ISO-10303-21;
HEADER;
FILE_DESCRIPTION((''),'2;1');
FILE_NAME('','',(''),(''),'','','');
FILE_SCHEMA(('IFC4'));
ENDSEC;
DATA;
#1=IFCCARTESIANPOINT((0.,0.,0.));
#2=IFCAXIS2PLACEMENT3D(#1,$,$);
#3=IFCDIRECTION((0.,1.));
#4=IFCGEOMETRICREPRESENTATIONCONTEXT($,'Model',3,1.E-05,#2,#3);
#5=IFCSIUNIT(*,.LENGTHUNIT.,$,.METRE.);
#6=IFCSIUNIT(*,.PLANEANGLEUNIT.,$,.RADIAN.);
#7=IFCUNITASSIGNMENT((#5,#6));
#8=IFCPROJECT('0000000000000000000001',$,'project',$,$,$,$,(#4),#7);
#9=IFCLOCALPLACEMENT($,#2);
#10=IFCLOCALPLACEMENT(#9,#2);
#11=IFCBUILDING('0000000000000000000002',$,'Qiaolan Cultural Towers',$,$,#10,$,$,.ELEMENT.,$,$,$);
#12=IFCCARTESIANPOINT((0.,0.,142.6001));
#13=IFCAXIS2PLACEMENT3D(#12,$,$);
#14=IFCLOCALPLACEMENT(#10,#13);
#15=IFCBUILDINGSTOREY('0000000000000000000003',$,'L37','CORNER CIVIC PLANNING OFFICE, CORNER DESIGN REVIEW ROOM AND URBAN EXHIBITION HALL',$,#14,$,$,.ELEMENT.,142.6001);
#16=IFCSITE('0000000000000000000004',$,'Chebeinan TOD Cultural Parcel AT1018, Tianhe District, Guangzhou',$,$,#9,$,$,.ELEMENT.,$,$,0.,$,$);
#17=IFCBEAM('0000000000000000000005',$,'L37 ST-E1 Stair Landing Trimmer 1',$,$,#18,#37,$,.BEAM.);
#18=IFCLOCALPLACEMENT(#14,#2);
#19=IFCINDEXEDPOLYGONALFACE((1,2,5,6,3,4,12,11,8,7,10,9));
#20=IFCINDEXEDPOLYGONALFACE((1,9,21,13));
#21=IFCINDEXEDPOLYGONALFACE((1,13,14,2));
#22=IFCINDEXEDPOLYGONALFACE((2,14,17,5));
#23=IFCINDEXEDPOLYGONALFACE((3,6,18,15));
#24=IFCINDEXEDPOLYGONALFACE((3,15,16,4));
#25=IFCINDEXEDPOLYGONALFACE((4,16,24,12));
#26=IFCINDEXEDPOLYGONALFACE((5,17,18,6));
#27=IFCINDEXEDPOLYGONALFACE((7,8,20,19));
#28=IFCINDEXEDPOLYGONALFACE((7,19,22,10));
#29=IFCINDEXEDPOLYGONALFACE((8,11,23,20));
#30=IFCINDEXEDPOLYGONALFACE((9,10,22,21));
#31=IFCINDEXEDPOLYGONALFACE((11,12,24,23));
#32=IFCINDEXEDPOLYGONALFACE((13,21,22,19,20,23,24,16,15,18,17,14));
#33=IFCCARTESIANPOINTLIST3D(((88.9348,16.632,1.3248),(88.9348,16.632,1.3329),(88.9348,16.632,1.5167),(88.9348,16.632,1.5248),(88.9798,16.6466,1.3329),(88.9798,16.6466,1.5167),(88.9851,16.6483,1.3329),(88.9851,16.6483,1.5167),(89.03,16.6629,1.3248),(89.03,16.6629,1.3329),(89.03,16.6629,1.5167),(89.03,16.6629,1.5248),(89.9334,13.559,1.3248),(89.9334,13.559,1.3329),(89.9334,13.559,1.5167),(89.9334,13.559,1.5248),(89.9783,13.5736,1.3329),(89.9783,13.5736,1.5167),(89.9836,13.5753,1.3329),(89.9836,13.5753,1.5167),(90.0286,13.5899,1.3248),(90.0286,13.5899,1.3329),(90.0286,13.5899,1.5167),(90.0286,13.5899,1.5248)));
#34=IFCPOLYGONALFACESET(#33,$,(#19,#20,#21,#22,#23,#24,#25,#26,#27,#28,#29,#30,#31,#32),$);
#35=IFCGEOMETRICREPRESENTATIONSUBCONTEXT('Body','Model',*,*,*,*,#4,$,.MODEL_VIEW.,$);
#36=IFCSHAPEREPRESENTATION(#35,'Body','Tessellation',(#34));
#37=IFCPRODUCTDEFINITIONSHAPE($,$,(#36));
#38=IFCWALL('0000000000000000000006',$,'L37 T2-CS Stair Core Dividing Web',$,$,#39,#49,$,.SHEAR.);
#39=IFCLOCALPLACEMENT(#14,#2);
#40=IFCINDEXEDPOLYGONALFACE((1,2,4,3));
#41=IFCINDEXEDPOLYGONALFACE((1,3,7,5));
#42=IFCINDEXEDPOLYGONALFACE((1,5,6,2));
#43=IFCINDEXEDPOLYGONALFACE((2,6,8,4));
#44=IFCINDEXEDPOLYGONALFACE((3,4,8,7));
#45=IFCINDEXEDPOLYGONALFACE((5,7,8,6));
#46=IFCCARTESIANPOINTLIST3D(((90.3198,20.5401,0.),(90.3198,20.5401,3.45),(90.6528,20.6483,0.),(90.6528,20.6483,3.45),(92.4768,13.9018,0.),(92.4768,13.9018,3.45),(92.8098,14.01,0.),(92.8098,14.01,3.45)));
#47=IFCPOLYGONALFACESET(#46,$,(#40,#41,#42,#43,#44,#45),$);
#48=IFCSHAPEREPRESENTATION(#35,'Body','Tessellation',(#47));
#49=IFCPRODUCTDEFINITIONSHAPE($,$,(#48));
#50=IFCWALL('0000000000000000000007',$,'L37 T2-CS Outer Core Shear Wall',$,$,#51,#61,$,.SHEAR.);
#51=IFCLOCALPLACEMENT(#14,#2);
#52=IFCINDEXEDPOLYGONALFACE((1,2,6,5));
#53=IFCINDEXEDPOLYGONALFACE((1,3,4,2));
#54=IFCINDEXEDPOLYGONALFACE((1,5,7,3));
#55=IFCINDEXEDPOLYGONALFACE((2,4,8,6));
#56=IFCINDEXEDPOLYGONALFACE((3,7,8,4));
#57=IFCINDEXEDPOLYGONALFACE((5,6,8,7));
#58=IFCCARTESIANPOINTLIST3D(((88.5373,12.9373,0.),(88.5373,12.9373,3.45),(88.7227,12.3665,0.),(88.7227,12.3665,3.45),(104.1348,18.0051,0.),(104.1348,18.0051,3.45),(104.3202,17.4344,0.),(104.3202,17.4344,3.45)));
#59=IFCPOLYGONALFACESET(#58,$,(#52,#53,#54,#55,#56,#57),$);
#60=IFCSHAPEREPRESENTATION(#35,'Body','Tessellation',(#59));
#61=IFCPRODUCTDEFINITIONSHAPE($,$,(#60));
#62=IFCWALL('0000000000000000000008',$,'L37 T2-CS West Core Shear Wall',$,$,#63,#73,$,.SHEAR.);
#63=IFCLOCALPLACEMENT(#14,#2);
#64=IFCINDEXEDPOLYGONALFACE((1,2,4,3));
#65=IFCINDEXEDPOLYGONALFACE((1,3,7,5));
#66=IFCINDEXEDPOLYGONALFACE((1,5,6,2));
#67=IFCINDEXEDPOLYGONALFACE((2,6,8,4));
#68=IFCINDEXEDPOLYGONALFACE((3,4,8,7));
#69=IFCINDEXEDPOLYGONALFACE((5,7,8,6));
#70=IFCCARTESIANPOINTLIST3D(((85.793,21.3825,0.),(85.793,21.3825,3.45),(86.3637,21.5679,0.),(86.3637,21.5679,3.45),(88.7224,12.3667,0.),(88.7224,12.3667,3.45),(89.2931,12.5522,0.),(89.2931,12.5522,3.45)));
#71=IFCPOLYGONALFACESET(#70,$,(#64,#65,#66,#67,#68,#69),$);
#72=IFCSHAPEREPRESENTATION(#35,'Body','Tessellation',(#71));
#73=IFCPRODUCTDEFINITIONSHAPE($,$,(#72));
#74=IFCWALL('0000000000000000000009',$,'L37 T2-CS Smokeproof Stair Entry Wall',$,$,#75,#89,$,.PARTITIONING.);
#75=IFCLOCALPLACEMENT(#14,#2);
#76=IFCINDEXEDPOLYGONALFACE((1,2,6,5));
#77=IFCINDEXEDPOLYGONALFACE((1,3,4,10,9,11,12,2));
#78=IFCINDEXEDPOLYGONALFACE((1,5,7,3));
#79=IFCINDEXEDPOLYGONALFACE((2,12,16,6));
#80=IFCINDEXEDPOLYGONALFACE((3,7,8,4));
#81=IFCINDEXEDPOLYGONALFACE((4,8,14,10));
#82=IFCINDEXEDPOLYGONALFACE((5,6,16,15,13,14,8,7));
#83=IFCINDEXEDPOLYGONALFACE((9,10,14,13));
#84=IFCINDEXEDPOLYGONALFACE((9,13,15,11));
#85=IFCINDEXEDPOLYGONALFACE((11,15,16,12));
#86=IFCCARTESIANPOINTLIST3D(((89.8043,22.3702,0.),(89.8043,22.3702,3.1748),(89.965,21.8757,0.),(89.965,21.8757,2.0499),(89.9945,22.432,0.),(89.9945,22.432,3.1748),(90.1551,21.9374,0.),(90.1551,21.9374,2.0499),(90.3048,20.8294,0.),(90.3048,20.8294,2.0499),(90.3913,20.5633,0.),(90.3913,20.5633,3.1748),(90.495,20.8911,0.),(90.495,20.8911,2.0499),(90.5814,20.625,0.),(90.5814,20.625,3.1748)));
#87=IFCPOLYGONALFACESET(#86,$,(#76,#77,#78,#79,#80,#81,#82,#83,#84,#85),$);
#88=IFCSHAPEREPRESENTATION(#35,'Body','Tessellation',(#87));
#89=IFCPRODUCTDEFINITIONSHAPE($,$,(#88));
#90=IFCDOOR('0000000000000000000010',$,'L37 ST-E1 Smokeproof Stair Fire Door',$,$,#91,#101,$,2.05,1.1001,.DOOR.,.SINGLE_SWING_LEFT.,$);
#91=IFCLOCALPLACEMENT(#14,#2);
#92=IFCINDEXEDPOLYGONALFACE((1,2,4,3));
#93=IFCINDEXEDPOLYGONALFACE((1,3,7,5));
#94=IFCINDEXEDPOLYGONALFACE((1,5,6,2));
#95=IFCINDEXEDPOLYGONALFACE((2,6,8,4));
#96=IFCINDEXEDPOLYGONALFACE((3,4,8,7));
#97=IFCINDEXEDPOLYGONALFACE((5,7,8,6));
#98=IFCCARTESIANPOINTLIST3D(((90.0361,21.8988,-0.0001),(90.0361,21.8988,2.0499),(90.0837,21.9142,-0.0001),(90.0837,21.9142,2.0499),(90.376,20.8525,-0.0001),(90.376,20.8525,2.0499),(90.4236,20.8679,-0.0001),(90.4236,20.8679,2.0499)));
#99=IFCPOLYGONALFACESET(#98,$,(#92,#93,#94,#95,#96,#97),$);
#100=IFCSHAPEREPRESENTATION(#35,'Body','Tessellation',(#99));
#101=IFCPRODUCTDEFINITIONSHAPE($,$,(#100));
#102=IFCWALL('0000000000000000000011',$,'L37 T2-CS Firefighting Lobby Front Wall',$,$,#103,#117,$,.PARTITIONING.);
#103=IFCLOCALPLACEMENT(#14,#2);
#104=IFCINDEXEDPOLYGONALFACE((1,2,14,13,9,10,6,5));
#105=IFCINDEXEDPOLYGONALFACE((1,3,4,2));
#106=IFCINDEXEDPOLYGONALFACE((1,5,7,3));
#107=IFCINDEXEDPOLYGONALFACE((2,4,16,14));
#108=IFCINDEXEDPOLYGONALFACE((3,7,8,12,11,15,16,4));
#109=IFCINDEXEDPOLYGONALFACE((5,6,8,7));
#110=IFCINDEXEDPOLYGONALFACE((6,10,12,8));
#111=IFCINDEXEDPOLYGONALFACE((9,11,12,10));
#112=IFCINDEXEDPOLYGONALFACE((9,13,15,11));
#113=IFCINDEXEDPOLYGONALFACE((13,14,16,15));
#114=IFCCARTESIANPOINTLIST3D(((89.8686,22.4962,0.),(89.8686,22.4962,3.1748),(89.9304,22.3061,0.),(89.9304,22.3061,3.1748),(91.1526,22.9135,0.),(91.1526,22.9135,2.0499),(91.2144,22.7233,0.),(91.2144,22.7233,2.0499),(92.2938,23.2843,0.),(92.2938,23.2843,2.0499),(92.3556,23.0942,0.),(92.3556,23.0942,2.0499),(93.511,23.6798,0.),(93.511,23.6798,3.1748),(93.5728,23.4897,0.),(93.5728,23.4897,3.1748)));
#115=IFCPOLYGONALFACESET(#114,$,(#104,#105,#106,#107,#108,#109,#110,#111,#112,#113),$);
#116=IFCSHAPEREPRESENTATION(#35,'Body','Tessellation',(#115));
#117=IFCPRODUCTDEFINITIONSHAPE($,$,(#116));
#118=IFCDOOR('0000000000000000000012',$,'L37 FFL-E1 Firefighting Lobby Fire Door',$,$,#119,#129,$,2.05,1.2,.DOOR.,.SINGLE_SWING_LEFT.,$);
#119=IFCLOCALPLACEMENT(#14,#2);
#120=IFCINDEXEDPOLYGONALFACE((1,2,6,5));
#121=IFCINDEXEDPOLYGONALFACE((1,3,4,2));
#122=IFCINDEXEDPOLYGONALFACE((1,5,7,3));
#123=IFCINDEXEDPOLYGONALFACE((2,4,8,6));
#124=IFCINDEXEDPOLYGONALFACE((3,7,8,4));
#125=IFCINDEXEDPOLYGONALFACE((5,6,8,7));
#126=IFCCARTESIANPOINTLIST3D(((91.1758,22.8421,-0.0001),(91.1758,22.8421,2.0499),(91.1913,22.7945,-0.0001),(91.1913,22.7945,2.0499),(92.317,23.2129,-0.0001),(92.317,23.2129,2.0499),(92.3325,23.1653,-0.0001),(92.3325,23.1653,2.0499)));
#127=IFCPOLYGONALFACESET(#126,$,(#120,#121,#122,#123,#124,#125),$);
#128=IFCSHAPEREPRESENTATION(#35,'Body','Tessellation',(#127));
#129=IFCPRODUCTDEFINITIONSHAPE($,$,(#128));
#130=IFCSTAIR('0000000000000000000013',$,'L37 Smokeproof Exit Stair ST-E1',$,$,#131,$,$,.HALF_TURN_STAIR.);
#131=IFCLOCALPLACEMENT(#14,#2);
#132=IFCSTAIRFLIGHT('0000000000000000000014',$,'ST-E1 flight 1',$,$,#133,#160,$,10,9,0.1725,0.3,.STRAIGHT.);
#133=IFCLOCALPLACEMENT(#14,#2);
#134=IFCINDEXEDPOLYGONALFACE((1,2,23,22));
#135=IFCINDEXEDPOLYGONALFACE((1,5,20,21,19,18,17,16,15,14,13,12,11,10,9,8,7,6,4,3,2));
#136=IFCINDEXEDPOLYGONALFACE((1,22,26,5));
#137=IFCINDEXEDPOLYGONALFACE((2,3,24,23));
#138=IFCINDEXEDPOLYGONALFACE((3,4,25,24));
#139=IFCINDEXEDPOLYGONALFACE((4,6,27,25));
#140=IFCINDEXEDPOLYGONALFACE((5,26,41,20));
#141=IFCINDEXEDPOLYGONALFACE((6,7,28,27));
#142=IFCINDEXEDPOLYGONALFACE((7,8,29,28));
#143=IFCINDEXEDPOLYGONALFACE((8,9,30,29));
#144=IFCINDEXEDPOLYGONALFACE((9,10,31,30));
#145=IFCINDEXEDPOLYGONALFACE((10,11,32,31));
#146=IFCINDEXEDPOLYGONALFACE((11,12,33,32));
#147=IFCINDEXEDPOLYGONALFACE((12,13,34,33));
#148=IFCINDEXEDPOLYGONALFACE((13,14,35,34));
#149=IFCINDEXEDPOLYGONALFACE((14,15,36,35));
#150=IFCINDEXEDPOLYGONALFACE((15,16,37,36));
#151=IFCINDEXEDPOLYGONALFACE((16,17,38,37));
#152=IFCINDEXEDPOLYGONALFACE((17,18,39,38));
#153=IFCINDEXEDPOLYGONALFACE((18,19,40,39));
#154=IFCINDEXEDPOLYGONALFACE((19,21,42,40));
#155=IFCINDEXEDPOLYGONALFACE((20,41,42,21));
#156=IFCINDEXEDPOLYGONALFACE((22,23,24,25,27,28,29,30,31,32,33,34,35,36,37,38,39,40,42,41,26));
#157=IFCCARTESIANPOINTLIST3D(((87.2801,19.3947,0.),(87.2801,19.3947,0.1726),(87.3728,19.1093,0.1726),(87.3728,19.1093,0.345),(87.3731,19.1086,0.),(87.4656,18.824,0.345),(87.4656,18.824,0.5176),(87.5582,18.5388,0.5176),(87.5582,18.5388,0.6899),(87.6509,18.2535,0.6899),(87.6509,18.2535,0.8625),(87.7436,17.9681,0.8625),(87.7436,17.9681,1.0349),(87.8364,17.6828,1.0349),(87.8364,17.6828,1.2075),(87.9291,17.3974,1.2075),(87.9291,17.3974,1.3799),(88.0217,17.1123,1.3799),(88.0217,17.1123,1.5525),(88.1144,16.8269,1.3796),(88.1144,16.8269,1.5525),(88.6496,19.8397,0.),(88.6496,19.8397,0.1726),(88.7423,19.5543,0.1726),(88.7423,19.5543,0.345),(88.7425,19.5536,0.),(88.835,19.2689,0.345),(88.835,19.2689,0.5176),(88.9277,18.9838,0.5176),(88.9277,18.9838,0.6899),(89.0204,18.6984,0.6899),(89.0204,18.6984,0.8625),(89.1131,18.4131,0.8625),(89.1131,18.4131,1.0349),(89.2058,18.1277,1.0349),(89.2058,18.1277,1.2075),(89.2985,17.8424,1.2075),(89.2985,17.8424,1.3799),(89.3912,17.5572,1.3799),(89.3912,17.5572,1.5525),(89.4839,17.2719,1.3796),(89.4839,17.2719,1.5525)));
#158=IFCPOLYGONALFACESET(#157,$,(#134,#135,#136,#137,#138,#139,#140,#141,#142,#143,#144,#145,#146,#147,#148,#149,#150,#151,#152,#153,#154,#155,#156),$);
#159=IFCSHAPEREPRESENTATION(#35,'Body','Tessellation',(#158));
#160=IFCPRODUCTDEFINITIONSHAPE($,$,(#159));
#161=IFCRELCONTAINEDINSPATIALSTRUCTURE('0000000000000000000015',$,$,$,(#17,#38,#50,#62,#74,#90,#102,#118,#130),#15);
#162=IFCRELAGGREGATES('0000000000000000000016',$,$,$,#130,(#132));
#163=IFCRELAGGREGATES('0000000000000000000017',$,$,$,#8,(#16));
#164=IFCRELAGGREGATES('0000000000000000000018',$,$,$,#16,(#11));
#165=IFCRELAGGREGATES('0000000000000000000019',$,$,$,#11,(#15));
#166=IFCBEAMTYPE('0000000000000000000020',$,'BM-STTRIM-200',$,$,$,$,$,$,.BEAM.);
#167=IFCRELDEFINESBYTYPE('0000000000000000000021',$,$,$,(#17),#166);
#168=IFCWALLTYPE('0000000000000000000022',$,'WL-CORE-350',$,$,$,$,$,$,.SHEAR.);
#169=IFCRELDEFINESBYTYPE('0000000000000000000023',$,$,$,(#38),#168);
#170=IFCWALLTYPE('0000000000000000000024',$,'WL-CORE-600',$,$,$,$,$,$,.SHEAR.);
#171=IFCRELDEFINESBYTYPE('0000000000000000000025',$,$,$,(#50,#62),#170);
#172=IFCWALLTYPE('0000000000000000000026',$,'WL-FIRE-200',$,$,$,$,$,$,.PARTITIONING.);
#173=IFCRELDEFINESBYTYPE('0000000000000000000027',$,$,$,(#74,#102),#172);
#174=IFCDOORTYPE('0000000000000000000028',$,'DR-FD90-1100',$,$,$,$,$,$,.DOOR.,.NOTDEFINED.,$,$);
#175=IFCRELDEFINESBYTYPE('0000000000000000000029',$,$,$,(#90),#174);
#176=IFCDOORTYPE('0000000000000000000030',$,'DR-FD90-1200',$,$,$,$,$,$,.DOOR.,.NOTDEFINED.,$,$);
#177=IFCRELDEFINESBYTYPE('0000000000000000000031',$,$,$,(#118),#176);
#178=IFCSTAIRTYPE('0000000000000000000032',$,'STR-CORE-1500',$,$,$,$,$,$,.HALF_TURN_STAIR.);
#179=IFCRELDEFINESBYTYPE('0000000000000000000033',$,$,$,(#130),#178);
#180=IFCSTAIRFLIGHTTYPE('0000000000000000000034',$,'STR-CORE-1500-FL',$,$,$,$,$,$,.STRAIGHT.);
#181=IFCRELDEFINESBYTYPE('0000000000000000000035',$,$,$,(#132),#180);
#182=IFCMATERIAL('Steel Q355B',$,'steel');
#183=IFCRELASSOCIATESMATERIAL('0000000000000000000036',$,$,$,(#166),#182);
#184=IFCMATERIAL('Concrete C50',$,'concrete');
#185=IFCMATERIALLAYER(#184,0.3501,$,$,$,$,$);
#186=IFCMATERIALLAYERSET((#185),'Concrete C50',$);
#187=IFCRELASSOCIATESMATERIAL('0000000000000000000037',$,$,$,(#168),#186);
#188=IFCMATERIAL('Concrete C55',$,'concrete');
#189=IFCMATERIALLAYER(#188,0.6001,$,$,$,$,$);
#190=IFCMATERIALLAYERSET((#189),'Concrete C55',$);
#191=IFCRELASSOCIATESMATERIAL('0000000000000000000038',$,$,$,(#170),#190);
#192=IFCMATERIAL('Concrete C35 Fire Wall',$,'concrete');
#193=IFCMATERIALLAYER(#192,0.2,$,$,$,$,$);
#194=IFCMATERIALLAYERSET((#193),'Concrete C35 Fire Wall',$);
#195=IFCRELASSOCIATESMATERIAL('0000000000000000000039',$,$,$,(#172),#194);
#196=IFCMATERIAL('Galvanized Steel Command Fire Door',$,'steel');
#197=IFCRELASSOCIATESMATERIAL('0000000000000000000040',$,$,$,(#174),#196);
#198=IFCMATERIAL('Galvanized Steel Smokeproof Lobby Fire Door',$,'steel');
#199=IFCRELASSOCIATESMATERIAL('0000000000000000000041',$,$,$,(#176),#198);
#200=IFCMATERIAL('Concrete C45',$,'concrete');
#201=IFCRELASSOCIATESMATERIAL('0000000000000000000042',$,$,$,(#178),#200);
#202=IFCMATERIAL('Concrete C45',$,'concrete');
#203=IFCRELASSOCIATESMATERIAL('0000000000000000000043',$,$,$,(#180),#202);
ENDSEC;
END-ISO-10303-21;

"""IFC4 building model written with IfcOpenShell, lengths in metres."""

from ifc_helpers import new_model, si_unit, direction, frame, frame_2d, origin, origin_2d, place, context, subcontext, project, spatial, polyline, rectangle, i_section, outline, extrude, material, layer, layer_set, material_profile, profile_set, type_object, element, fill, aggregate, save


model = new_model("IFC4")

# Units and contexts
model_context = context("Model", 3, precision=1e-05, world=origin(), true_north=direction((0.0, 1.0)))
body_context = subcontext(model_context, "Body", "Model", "MODEL_VIEW")
ifc_project = project(units=[si_unit("LENGTHUNIT", "METRE"), si_unit("PLANEANGLEUNIT", "RADIAN")], contexts=[model_context])

# Site, building, storey
site_placement = place(None, origin())
site = spatial("IfcSite", under=ifc_project, at=site_placement, Name="Chebeinan TOD Cultural Parcel AT1018, Tianhe District, Guangzhou", CompositionType="ELEMENT", RefElevation=0.0)
building_placement = place(site_placement, origin())
building = spatial("IfcBuilding", under=site, at=building_placement, Name="Qiaolan Cultural Towers", CompositionType="ELEMENT")
storey_placement = place(building_placement, frame((0.0, 0.0, 142.6001)))
storey = spatial("IfcBuildingStorey", under=building, at=storey_placement, Name="L37", Description="CORNER CIVIC PLANNING OFFICE, CORNER DESIGN REVIEW ROOM AND URBAN EXHIBITION HALL", CompositionType="ELEMENT", Elevation=142.6001)

# Beam
ifc_material_1 = material(Name="Steel Q355B", Category="steel")
ifc_material_profile_1 = material_profile(ifc_material_1, i_section(OverallWidth=0.1001, OverallDepth=0.2, WebThickness=0.0056, FlangeThickness=0.0081, at=origin_2d()), Name="HN200x100x5.5x8")
ifc_profile_set_1 = profile_set([ifc_material_profile_1], Name="Steel Q355B")
beam_type_1 = type_object("IfcBeamType", Name="BM-STTRIM-200", PredefinedType="BEAM", material=ifc_profile_set_1)
beam_1_placement = place(storey_placement, frame((88.9824, 16.6475, 1.4248), z_axis=(0.309033, -0.951051, 0.0), x_axis=(0.951051, 0.309033, 0.0)))
element("IfcBeam", 1, at=beam_1_placement, inside=storey, type_object=beam_type_1, Name="L37 ST-E1 Stair Landing Trimmer 1", PredefinedType="BEAM", context=body_context, shape_type="SweptSolid", body=[
    extrude(i_section(OverallWidth=0.1001, OverallDepth=0.2, WebThickness=0.0056, FlangeThickness=0.0081, at=origin_2d()), origin(), (0.0, 0.0, 1.0), 3.2312),
])

# Walls
ifc_material_2 = material(Name="Concrete C50", Category="concrete")
ifc_layer_1 = layer(ifc_material_2, 0.3501)
ifc_layer_set_1 = layer_set([ifc_layer_1], Name="Concrete C50")
wall_type_1 = type_object("IfcWallType", Name="WL-CORE-350", PredefinedType="SHEAR", material=ifc_layer_set_1)
wall_1_placement = place(storey_placement, frame((90.4863, 20.5942, 0.0), z_axis=(0.0, 0.0, 1.0), x_axis=(0.30902, -0.951055, 0.0)))
element("IfcWall", 2, at=wall_1_placement, inside=storey, type_object=wall_type_1, Name="L37 T2-CS Stair Core Dividing Web", PredefinedType="SHEAR", context=body_context, shape_type="SweptSolid", body=[
    extrude(rectangle(XDim=6.98, YDim=0.3501, at=frame_2d((3.49, 0.0))), origin(), (0.0, 0.0, 1.0), 3.45),
])
ifc_material_3 = material(Name="Concrete C55", Category="concrete")
ifc_layer_2 = layer(ifc_material_3, 0.6001)
ifc_layer_set_2 = layer_set([ifc_layer_2], Name="Concrete C55")
wall_type_2 = type_object("IfcWallType", Name="WL-CORE-600", PredefinedType="SHEAR", material=ifc_layer_set_2)
wall_2_placement = place(storey_placement, frame((88.6299, 12.6519, 0.0), z_axis=(0.0, 0.0, 1.0), x_axis=(0.951057, 0.309015, 0.0)))
element("IfcWall", 3, at=wall_2_placement, inside=storey, type_object=wall_type_2, Name="L37 T2-CS Outer Core Shear Wall", PredefinedType="SHEAR", context=body_context, shape_type="SweptSolid", body=[
    extrude(rectangle(XDim=16.4001, YDim=0.6001, at=frame_2d((8.2002, 0.0))), origin(), (0.0, 0.0, 1.0), 3.45),
])
wall_3_placement = place(storey_placement, frame((86.0784, 21.4751, 0.0), z_axis=(0.0, 0.0, 1.0), x_axis=(0.309018, -0.951056, 0.0)))
element("IfcWall", 4, at=wall_3_placement, inside=storey, type_object=wall_type_2, Name="L37 T2-CS West Core Shear Wall", PredefinedType="SHEAR", context=body_context, shape_type="SweptSolid", body=[
    extrude(rectangle(XDim=9.4797, YDim=0.6001, at=frame_2d((4.7397, 0.0))), origin(), (0.0, 0.0, 1.0), 3.45),
])

# Walls, openings, doors
ifc_material_4 = material(Name="Concrete C35 Fire Wall", Category="concrete")
ifc_layer_3 = layer(ifc_material_4, 0.2)
ifc_layer_set_3 = layer_set([ifc_layer_3], Name="Concrete C35 Fire Wall")
wall_type_3 = type_object("IfcWallType", Name="WL-FIRE-200", PredefinedType="PARTITIONING", material=ifc_layer_set_3)
wall_4_placement = place(storey_placement, frame((89.8994, 22.4011, 0.0), z_axis=(0.0, 0.0, 1.0), x_axis=(0.308932, -0.951084, 0.0)))
wall_4 = element("IfcWall", 5, at=wall_4_placement, inside=storey, type_object=wall_type_3, Name="L37 T2-CS Smokeproof Stair Entry Wall", PredefinedType="PARTITIONING", context=body_context, shape_type="SweptSolid", body=[
    extrude(rectangle(XDim=1.8999, YDim=0.2, at=frame_2d((0.95, 0.0))), origin(), (0.0, 0.0, 1.0), 3.1748),
])
opening_1_placement = place(wall_4_placement, frame((0.52, 0.0, 0.0)))
opening_1 = element("IfcOpeningElement", 6, at=opening_1_placement, cuts=wall_4, PredefinedType="OPENING", context=body_context, shape_type="SweptSolid", body=[
    extrude(rectangle(XDim=1.1001, YDim=2.05, at=frame_2d((0.55, 1.0249))), frame((0.0, 0.1099, 0.0), z_axis=(0.0, -1.0, 0.0), x_axis=(1.0, 0.0, 0.0)), (0.0, 0.0, 1.0), 0.22),
])
ifc_material_5 = material(Name="Galvanized Steel Command Fire Door", Category="steel")
door_type_1 = type_object("IfcDoorType", Name="DR-FD90-1100", OperationType="NOTDEFINED", PredefinedType="DOOR", material=ifc_material_5)
door_1_placement = place(opening_1_placement, origin())
door_1 = element("IfcDoor", 7, at=door_1_placement, inside=storey, type_object=door_type_1, Name="L37 ST-E1 Smokeproof Stair Fire Door", OperationType="SINGLE_SWING_LEFT", OverallHeight=2.05, OverallWidth=1.1001, PredefinedType="DOOR", context=body_context, shape_type="SweptSolid", body=[
    extrude(rectangle(XDim=1.1001, YDim=2.05, at=frame_2d((0.55, 1.0249))), frame((0.0, 0.0249, 0.0), z_axis=(0.0, -1.0, 0.0), x_axis=(1.0, 0.0, 0.0)), (0.0, 0.0, 1.0), 0.05),
])
fill(opening_1, door_1)
wall_5_placement = place(storey_placement, frame((89.8994, 22.4011, 0.0), z_axis=(0.0, 0.0, 1.0), x_axis=(0.951047, 0.309047, 0.0)))
wall_5 = element("IfcWall", 8, at=wall_5_placement, inside=storey, type_object=wall_type_3, Name="L37 T2-CS Firefighting Lobby Front Wall", PredefinedType="PARTITIONING", context=body_context, shape_type="SweptSolid", body=[
    extrude(rectangle(XDim=3.8298, YDim=0.2, at=frame_2d((1.915, 0.0))), origin(), (0.0, 0.0, 1.0), 3.1748),
])
opening_2_placement = place(wall_5_placement, frame((1.3501, 0.0, 0.0)))
opening_2 = element("IfcOpeningElement", 9, at=opening_2_placement, cuts=wall_5, PredefinedType="OPENING", context=body_context, shape_type="SweptSolid", body=[
    extrude(rectangle(XDim=1.2, YDim=2.05, at=frame_2d((0.6001, 1.0249))), frame((0.0, 0.1099, 0.0), z_axis=(0.0, -1.0, 0.0), x_axis=(1.0, 0.0, 0.0)), (0.0, 0.0, 1.0), 0.22),
])
ifc_material_6 = material(Name="Galvanized Steel Smokeproof Lobby Fire Door", Category="steel")
door_type_2 = type_object("IfcDoorType", Name="DR-FD90-1200", OperationType="NOTDEFINED", PredefinedType="DOOR", material=ifc_material_6)
door_2_placement = place(opening_2_placement, origin())
door_2 = element("IfcDoor", 10, at=door_2_placement, inside=storey, type_object=door_type_2, Name="L37 FFL-E1 Firefighting Lobby Fire Door", OperationType="SINGLE_SWING_LEFT", OverallHeight=2.05, OverallWidth=1.2, PredefinedType="DOOR", context=body_context, shape_type="SweptSolid", body=[
    extrude(rectangle(XDim=1.2, YDim=2.05, at=frame_2d((0.6001, 1.0249))), frame((0.0, 0.0249, 0.0), z_axis=(0.0, -1.0, 0.0), x_axis=(1.0, 0.0, 0.0)), (0.0, 0.0, 1.0), 0.05),
])
fill(opening_2, door_2)

# Stair, stair flight
ifc_material_7 = material(Name="Concrete C45", Category="concrete")
stair_type = type_object("IfcStairType", Name="STR-CORE-1500", PredefinedType="HALF_TURN_STAIR", material=ifc_material_7)
stair_placement = place(storey_placement, origin())
stair = element("IfcStair", 11, at=stair_placement, inside=storey, type_object=stair_type, Name="L37 Smokeproof Exit Stair ST-E1", PredefinedType="HALF_TURN_STAIR")
ifc_material_8 = material(Name="Concrete C45", Category="concrete")
stair_flight_type = type_object("IfcStairFlightType", Name="STR-CORE-1500-FL", PredefinedType="STRAIGHT", material=ifc_material_8)
stair_flight_1_placement = place(storey_placement, frame((87.9648, 19.6172, 0.0), z_axis=(0.0, 0.0, 1.0), x_axis=(0.309017, -0.951057, 0.0)))
stair_flight_1 = element("IfcStairFlight", 12, at=stair_flight_1_placement, type_object=stair_flight_type, Name="ST-E1 flight 1", NumberOfRisers=10, NumberOfTreads=9, PredefinedType="STRAIGHT", RiserHeight=0.1725, TreadLength=0.3, context=body_context, shape_type="SweptSolid", body=[
    extrude(outline(polyline([(0.0, 0.0), (0.0, 0.1726), (0.3, 0.1726), (0.3, 0.345), (0.6001, 0.345), (0.6001, 0.5176), (0.8999, 0.5176), (0.8999, 0.6899), (1.2, 0.6899), (1.2, 0.8625), (1.5, 0.8625), (1.5, 1.0349), (1.8, 1.0349), (1.8, 1.2075), (2.1001, 1.2075), (2.1001, 1.3799), (2.3999, 1.3799), (2.3999, 1.5525), (2.7, 1.5525), (2.7, 1.7251), (2.7, 1.3796), (0.3008, 0.0), (0.0, 0.0)])), frame((0.0, 0.72, 0.0), z_axis=(0.0, -1.0, 0.0), x_axis=(1.0, 0.0, 0.0)), (0.0, 0.0, 1.0), 1.4399),
])
aggregate(stair, [stair_flight_1])

save(model, "model.ifc")
